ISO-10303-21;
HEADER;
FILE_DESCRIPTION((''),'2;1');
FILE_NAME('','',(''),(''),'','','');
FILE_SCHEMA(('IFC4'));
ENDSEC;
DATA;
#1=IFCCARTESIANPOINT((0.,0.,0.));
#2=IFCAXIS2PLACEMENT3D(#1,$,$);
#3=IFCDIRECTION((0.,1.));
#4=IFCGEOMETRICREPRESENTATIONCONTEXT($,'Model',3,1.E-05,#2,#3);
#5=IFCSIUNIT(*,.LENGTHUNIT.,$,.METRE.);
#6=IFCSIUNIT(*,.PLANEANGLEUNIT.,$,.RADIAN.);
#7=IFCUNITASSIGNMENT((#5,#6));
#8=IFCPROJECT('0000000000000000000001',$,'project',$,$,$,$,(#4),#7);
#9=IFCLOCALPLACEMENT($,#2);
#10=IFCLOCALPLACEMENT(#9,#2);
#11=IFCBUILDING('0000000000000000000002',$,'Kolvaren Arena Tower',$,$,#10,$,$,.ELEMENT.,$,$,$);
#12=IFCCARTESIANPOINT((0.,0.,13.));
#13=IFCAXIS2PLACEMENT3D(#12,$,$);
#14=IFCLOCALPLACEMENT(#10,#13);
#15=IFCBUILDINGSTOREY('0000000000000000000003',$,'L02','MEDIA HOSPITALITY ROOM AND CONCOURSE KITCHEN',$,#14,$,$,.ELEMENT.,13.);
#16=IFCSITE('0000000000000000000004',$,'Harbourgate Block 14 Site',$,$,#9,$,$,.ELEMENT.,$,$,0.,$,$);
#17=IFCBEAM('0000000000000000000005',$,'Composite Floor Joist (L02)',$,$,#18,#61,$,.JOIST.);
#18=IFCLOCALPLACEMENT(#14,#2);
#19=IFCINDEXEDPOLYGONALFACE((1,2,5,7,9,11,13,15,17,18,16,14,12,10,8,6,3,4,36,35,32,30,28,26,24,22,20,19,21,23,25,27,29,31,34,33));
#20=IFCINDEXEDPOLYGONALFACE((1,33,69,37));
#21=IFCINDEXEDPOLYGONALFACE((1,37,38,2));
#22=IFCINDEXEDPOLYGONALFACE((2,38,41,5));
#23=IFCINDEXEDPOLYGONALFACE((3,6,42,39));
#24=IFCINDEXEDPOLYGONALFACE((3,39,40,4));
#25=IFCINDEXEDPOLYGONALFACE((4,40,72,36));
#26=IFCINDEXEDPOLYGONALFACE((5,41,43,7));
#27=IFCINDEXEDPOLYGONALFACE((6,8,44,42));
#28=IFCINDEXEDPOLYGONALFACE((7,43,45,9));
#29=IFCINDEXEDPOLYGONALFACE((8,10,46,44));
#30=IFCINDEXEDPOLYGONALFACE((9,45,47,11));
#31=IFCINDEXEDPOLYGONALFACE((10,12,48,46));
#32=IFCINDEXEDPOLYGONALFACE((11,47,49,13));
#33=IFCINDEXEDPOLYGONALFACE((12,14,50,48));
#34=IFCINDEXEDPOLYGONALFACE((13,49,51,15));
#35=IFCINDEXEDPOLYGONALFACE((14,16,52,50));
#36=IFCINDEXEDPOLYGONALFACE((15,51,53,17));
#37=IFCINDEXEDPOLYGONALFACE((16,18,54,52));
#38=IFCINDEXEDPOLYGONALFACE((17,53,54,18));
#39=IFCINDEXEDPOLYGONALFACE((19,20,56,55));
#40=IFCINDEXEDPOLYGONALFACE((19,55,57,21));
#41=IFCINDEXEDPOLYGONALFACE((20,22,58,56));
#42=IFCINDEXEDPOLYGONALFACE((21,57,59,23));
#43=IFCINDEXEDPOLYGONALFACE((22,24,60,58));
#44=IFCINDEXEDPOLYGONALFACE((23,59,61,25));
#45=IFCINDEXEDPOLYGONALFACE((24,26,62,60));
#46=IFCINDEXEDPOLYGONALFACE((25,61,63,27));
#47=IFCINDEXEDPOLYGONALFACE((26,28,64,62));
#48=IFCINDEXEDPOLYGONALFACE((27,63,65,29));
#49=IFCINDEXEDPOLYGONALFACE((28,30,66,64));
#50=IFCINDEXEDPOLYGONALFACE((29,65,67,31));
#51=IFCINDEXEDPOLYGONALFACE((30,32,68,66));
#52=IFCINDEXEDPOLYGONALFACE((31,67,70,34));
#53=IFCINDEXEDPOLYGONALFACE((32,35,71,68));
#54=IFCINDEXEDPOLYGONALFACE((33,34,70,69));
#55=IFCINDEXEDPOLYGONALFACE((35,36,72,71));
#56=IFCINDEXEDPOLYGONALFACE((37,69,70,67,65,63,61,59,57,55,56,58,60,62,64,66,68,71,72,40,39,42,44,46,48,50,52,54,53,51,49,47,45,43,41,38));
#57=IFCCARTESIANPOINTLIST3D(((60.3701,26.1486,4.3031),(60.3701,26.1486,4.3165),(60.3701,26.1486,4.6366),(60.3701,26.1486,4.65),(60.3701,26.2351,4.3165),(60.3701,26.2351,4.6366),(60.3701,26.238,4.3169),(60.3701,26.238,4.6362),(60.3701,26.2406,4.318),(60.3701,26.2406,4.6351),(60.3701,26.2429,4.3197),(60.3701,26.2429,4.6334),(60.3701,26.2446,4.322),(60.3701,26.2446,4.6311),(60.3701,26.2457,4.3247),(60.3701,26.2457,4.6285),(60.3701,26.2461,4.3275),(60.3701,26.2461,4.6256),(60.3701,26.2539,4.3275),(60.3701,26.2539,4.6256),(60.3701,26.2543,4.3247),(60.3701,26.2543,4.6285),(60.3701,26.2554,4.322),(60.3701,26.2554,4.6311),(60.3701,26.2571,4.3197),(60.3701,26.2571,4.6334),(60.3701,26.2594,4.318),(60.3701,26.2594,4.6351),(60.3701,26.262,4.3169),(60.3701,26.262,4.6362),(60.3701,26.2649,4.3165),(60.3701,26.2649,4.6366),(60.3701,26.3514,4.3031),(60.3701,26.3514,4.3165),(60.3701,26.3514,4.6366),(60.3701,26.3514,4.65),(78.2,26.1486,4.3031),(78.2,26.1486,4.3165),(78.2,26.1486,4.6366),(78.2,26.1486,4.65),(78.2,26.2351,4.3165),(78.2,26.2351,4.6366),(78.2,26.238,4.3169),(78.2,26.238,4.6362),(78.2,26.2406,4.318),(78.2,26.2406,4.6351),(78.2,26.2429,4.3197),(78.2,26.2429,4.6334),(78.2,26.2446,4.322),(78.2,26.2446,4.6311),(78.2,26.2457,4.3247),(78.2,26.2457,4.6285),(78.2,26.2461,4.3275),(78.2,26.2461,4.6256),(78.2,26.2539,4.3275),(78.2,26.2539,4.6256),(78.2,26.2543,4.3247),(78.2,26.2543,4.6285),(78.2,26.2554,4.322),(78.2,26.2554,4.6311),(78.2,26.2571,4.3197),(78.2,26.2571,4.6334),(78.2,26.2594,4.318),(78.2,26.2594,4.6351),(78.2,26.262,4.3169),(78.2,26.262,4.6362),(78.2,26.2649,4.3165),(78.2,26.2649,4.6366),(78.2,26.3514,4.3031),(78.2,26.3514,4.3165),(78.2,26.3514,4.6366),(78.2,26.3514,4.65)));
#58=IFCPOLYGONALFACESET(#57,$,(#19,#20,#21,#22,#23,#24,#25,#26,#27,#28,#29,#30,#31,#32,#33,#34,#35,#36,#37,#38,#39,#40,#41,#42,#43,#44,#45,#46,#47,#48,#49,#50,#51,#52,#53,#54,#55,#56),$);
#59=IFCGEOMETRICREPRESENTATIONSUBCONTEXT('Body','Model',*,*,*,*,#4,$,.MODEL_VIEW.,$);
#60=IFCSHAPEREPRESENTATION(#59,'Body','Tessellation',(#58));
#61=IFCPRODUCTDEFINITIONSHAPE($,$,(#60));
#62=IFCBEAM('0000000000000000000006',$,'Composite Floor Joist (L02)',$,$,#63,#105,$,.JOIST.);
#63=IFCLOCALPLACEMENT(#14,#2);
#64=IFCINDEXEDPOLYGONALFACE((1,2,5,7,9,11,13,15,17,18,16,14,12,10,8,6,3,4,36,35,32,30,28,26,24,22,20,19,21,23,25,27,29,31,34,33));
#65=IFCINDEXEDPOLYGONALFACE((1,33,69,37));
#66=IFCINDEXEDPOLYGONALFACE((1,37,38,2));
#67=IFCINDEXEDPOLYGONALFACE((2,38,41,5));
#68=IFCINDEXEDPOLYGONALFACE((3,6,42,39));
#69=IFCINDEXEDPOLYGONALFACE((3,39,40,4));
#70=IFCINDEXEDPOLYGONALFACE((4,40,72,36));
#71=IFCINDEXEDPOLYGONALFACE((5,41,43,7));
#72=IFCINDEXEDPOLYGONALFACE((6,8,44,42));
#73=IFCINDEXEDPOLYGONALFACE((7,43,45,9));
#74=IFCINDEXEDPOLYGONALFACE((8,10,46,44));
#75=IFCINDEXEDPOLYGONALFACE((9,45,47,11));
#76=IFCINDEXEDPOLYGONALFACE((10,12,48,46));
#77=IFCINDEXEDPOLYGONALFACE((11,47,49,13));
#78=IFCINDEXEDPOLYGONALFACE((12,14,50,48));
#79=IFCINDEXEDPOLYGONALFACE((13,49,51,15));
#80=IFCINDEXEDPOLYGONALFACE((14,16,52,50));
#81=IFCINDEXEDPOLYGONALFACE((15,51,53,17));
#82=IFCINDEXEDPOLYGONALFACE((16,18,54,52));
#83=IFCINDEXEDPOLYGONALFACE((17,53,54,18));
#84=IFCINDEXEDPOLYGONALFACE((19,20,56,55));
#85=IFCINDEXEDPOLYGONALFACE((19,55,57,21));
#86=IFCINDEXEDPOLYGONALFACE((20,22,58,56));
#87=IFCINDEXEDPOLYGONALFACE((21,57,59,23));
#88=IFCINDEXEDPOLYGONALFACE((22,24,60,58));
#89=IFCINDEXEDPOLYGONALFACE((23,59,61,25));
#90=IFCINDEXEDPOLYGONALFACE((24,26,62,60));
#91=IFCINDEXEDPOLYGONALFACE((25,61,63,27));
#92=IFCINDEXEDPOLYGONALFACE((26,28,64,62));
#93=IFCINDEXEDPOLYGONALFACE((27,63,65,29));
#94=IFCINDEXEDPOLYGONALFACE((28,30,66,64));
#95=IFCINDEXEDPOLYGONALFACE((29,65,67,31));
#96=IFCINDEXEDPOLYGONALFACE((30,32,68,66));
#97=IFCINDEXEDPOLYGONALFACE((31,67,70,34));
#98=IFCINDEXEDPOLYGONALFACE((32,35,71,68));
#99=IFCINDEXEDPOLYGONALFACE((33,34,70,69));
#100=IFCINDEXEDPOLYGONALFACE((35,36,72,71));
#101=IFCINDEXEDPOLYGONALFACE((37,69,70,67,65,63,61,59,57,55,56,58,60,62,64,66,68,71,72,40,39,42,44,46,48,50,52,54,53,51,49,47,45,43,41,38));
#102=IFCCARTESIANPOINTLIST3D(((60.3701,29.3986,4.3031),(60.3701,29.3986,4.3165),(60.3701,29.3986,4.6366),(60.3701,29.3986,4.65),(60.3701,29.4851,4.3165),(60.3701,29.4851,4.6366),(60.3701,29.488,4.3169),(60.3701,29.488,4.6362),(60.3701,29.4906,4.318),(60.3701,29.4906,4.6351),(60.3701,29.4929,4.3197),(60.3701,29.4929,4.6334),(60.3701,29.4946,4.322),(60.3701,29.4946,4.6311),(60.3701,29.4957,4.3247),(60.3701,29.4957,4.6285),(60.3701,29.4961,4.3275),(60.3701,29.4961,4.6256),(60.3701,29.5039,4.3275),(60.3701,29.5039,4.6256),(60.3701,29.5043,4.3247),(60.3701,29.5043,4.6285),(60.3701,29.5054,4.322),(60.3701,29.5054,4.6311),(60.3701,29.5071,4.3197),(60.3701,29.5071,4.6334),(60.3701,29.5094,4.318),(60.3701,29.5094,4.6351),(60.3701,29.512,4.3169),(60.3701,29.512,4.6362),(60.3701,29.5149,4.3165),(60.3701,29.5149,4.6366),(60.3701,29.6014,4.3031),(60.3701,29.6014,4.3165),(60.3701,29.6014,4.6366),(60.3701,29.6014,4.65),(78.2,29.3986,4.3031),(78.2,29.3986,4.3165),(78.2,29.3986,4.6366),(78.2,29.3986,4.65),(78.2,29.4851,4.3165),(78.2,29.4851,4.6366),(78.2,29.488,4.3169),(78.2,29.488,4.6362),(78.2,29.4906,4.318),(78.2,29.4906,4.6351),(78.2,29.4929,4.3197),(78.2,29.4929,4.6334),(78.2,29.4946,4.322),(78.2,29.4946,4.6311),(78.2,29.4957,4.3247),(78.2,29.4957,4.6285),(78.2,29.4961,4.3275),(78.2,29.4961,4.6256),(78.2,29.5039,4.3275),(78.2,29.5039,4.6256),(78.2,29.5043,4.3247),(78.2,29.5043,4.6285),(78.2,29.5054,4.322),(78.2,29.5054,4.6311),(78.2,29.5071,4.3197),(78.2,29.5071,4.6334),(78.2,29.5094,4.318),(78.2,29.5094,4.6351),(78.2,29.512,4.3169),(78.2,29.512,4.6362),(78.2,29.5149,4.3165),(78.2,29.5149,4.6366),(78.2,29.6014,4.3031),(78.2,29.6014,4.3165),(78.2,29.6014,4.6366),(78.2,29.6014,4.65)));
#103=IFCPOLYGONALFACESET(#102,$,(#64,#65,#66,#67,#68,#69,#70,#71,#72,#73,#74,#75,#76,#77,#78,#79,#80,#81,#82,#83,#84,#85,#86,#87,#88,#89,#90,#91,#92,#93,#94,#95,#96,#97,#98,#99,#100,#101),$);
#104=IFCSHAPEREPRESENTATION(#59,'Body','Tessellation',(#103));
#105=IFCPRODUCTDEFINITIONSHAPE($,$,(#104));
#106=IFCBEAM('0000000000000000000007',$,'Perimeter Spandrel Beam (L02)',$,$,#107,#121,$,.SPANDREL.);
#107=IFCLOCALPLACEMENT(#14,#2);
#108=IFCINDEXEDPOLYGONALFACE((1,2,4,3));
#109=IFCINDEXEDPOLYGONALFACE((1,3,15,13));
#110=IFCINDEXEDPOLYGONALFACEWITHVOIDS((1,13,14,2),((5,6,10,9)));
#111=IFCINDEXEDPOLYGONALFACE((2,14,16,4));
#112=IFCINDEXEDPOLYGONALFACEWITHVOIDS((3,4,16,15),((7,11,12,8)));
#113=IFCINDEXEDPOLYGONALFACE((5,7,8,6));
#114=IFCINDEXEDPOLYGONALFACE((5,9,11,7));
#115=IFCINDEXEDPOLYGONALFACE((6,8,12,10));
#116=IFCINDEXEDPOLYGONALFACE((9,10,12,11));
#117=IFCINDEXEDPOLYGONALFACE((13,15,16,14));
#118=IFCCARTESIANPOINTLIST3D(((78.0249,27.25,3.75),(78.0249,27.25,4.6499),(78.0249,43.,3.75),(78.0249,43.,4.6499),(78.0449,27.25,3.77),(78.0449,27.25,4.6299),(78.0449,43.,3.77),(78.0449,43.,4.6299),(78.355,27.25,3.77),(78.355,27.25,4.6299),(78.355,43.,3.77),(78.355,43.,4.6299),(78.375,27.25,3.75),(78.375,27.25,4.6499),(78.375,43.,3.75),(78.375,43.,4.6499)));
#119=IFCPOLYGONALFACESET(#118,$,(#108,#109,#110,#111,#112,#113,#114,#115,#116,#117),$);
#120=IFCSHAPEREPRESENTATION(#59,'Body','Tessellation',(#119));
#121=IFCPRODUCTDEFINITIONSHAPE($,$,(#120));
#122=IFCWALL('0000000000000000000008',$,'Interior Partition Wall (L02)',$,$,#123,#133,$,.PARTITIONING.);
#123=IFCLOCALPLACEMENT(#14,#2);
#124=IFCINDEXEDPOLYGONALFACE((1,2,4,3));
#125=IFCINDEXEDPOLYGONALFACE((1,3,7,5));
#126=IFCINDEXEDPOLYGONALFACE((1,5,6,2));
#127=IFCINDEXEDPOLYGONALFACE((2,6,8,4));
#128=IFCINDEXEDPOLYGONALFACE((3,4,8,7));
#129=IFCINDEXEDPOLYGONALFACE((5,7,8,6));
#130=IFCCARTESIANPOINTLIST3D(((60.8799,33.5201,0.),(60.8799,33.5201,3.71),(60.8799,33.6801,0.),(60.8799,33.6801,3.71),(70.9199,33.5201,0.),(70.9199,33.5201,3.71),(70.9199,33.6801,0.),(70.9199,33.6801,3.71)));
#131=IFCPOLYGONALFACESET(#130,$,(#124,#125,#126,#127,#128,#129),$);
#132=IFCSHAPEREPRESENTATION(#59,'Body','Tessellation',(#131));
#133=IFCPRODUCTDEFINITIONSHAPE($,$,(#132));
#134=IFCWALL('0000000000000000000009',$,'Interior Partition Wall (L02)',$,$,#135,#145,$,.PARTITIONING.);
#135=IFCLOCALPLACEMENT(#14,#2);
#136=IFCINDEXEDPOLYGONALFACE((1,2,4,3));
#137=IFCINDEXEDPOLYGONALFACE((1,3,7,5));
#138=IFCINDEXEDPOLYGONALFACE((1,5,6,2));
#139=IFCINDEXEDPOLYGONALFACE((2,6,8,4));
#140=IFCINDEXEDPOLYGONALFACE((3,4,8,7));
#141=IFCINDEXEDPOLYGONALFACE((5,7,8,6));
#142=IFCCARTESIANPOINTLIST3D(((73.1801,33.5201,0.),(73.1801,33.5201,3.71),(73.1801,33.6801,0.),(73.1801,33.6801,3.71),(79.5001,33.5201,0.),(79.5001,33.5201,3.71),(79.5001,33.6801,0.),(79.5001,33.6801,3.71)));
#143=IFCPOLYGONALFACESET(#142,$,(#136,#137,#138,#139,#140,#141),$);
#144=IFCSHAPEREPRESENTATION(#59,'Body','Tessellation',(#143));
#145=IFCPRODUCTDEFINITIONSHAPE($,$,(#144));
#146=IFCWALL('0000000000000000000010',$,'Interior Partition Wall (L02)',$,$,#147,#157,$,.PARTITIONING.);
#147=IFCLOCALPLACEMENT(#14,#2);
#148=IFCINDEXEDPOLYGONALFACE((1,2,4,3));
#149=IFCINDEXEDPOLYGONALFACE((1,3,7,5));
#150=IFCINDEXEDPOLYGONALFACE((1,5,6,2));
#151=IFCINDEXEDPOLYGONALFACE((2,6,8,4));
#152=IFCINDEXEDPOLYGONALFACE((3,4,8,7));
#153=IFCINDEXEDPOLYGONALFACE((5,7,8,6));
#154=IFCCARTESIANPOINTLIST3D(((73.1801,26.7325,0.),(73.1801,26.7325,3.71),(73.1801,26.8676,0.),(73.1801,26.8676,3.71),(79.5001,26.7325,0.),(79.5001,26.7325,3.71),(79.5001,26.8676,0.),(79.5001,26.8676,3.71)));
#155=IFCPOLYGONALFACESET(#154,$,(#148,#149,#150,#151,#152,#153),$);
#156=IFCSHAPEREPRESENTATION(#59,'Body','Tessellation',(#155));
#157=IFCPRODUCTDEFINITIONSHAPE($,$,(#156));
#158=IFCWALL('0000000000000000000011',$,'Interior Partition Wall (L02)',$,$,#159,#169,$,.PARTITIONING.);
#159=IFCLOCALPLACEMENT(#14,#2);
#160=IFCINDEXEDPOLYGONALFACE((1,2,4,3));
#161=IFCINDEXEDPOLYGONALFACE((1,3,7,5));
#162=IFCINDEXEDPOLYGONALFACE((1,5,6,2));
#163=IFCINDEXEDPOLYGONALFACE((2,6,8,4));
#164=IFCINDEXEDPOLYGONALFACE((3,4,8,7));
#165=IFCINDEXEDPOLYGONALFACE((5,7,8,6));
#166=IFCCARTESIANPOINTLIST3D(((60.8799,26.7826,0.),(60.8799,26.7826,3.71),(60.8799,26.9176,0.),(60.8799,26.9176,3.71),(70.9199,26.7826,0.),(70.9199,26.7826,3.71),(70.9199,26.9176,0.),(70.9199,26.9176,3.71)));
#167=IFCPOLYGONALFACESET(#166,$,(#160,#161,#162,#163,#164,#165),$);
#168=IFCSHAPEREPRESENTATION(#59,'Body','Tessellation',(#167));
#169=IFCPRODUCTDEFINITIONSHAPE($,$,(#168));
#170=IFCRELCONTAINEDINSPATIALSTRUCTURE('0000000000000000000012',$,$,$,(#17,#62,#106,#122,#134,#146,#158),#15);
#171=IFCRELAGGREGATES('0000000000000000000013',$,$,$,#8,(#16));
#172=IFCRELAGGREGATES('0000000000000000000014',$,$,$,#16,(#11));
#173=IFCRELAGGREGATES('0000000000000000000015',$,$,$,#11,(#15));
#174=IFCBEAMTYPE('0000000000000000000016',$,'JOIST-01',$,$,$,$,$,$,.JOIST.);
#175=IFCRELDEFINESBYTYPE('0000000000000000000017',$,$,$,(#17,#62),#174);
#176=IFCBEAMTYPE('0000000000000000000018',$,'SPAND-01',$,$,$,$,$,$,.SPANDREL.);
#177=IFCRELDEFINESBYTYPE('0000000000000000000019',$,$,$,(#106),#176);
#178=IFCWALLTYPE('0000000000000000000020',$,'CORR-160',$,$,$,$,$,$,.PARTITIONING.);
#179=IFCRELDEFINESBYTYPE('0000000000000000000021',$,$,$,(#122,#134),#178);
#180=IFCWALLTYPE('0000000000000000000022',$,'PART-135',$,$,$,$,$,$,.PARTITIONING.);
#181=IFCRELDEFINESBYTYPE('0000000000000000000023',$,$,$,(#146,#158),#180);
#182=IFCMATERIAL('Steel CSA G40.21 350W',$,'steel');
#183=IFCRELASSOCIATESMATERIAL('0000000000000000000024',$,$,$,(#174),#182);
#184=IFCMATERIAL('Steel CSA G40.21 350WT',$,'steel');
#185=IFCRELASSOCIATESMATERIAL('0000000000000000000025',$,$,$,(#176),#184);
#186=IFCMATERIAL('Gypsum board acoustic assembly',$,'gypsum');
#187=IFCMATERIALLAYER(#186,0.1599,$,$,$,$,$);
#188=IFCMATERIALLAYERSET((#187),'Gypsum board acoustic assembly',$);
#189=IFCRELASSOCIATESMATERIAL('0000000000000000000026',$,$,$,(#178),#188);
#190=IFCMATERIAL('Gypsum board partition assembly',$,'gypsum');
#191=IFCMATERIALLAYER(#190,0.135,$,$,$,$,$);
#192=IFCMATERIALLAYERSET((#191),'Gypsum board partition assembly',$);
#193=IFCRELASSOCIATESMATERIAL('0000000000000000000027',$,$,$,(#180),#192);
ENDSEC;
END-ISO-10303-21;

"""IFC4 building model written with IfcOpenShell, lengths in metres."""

from ifc_helpers import new_model, si_unit, direction, frame, frame_2d, origin, origin_2d, place, context, subcontext, project, spatial, rectangle, hollow_rectangle, i_section, extrude, material, layer, layer_set, material_profile, profile_set, type_object, element, save


model = new_model("IFC4")

# Units and contexts
model_context = context("Model", 3, precision=1e-05, world=origin(), true_north=direction((0.0, 1.0)))
body_context = subcontext(model_context, "Body", "Model", "MODEL_VIEW")
ifc_project = project(units=[si_unit("LENGTHUNIT", "METRE"), si_unit("PLANEANGLEUNIT", "RADIAN")], contexts=[model_context])

# Site, building, storey
site_placement = place(None, origin())
site = spatial("IfcSite", under=ifc_project, at=site_placement, Name="Harbourgate Block 14 Site", CompositionType="ELEMENT", RefElevation=0.0)
building_placement = place(site_placement, origin())
building = spatial("IfcBuilding", under=site, at=building_placement, Name="Kolvaren Arena Tower", CompositionType="ELEMENT")
storey_placement = place(building_placement, frame((0.0, 0.0, 13.0)))
storey = spatial("IfcBuildingStorey", under=building, at=storey_placement, Name="L02", Description="MEDIA HOSPITALITY ROOM AND CONCOURSE KITCHEN", CompositionType="ELEMENT", Elevation=13.0)

# Beams
ifc_material_1 = material(Name="Steel CSA G40.21 350W", Category="steel")
ifc_material_profile_1 = material_profile(ifc_material_1, i_section(OverallWidth=0.2029, OverallDepth=0.3469, WebThickness=0.0078, FlangeThickness=0.0134, FilletRadius=0.011, at=origin_2d()), Name="W360x64")
ifc_profile_set_1 = profile_set([ifc_material_profile_1], Name="Steel CSA G40.21 350W")
beam_type_1 = type_object("IfcBeamType", Name="JOIST-01", PredefinedType="JOIST", material=ifc_profile_set_1)
for number, where, z_axis, x_axis, name in (
    (1, (60.3701, 26.25, 4.4766), (1.0, 0.0, 0.0), (0.0, 1.0, 0.0), "Composite Floor Joist (L02)"),
    (2, (60.3701, 29.5, 4.4766), (1.0, 0.0, 0.0), (0.0, 1.0, 0.0), "Composite Floor Joist (L02)"),
):
    element("IfcBeam", number, at=place(storey_placement, frame(where, z_axis=z_axis, x_axis=x_axis)), inside=storey, type_object=beam_type_1, Name=name, PredefinedType="JOIST", context=body_context, shape_type="SweptSolid", body=[
        extrude(i_section(OverallWidth=0.2029, OverallDepth=0.3469, WebThickness=0.0078, FlangeThickness=0.0134, FilletRadius=0.011, at=origin_2d()), origin(), (0.0, 0.0, 1.0), 17.8298),
    ])
ifc_material_2 = material(Name="Steel CSA G40.21 350WT", Category="steel")
ifc_material_profile_2 = material_profile(ifc_material_2, hollow_rectangle(XDim=0.3501, YDim=0.8999, WallThickness=0.02, at=origin_2d()), Name="HSS 900x350x20")
ifc_profile_set_2 = profile_set([ifc_material_profile_2], Name="Steel CSA G40.21 350WT")
beam_type_2 = type_object("IfcBeamType", Name="SPAND-01", PredefinedType="SPANDREL", material=ifc_profile_set_2)
beam_1_placement = place(storey_placement, frame((78.2, 27.25, 4.2), z_axis=(0.0, 1.0, 0.0), x_axis=(-1.0, 0.0, 0.0)))
element("IfcBeam", 3, at=beam_1_placement, inside=storey, type_object=beam_type_2, Name="Perimeter Spandrel Beam (L02)", PredefinedType="SPANDREL", context=body_context, shape_type="SweptSolid", body=[
    extrude(hollow_rectangle(XDim=0.3501, YDim=0.8999, WallThickness=0.02, at=origin_2d()), origin(), (0.0, 0.0, 1.0), 15.75),
])

# Walls
ifc_material_3 = material(Name="Gypsum board acoustic assembly", Category="gypsum")
ifc_layer_1 = layer(ifc_material_3, 0.1599)
ifc_layer_set_1 = layer_set([ifc_layer_1], Name="Gypsum board acoustic assembly")
wall_type_1 = type_object("IfcWallType", Name="CORR-160", PredefinedType="PARTITIONING", material=ifc_layer_set_1)
wall_1_placement = place(storey_placement, frame((60.8799, 33.6001, 0.0), z_axis=(0.0, 0.0, 1.0), x_axis=(1.0, 0.0, 0.0)))
element("IfcWall", 4, at=wall_1_placement, inside=storey, type_object=wall_type_1, Name="Interior Partition Wall (L02)", PredefinedType="PARTITIONING", context=body_context, shape_type="SweptSolid", body=[
    extrude(rectangle(XDim=10.04, YDim=0.1599, at=frame_2d((5.02, 0.0))), origin(), (0.0, 0.0, 1.0), 3.71),
])
wall_2_placement = place(storey_placement, frame((73.1799, 33.6001, 0.0), z_axis=(0.0, 0.0, 1.0), x_axis=(1.0, 0.0, 0.0)))
element("IfcWall", 5, at=wall_2_placement, inside=storey, type_object=wall_type_1, Name="Interior Partition Wall (L02)", PredefinedType="PARTITIONING", context=body_context, shape_type="SweptSolid", body=[
    extrude(rectangle(XDim=6.3201, YDim=0.1599, at=frame_2d((3.1602, 0.0))), origin(), (0.0, 0.0, 1.0), 3.71),
])
ifc_material_4 = material(Name="Gypsum board partition assembly", Category="gypsum")
ifc_layer_2 = layer(ifc_material_4, 0.135)
ifc_layer_set_2 = layer_set([ifc_layer_2], Name="Gypsum board partition assembly")
wall_type_2 = type_object("IfcWallType", Name="PART-135", PredefinedType="PARTITIONING", material=ifc_layer_set_2)
wall_3_placement = place(storey_placement, frame((73.1799, 26.8, 0.0), z_axis=(0.0, 0.0, 1.0), x_axis=(1.0, 0.0, 0.0)))
element("IfcWall", 6, at=wall_3_placement, inside=storey, type_object=wall_type_2, Name="Interior Partition Wall (L02)", PredefinedType="PARTITIONING", context=body_context, shape_type="SweptSolid", body=[
    extrude(rectangle(XDim=6.3201, YDim=0.135, at=frame_2d((3.1602, 0.0))), origin(), (0.0, 0.0, 1.0), 3.71),
])
wall_4_placement = place(storey_placement, frame((60.8799, 26.8501, 0.0), z_axis=(0.0, 0.0, 1.0), x_axis=(1.0, 0.0, 0.0)))
element("IfcWall", 7, at=wall_4_placement, inside=storey, type_object=wall_type_2, Name="Interior Partition Wall (L02)", PredefinedType="PARTITIONING", context=body_context, shape_type="SweptSolid", body=[
    extrude(rectangle(XDim=10.04, YDim=0.135, at=frame_2d((5.02, 0.0))), origin(), (0.0, 0.0, 1.0), 3.71),
])

save(model, "model.ifc")
